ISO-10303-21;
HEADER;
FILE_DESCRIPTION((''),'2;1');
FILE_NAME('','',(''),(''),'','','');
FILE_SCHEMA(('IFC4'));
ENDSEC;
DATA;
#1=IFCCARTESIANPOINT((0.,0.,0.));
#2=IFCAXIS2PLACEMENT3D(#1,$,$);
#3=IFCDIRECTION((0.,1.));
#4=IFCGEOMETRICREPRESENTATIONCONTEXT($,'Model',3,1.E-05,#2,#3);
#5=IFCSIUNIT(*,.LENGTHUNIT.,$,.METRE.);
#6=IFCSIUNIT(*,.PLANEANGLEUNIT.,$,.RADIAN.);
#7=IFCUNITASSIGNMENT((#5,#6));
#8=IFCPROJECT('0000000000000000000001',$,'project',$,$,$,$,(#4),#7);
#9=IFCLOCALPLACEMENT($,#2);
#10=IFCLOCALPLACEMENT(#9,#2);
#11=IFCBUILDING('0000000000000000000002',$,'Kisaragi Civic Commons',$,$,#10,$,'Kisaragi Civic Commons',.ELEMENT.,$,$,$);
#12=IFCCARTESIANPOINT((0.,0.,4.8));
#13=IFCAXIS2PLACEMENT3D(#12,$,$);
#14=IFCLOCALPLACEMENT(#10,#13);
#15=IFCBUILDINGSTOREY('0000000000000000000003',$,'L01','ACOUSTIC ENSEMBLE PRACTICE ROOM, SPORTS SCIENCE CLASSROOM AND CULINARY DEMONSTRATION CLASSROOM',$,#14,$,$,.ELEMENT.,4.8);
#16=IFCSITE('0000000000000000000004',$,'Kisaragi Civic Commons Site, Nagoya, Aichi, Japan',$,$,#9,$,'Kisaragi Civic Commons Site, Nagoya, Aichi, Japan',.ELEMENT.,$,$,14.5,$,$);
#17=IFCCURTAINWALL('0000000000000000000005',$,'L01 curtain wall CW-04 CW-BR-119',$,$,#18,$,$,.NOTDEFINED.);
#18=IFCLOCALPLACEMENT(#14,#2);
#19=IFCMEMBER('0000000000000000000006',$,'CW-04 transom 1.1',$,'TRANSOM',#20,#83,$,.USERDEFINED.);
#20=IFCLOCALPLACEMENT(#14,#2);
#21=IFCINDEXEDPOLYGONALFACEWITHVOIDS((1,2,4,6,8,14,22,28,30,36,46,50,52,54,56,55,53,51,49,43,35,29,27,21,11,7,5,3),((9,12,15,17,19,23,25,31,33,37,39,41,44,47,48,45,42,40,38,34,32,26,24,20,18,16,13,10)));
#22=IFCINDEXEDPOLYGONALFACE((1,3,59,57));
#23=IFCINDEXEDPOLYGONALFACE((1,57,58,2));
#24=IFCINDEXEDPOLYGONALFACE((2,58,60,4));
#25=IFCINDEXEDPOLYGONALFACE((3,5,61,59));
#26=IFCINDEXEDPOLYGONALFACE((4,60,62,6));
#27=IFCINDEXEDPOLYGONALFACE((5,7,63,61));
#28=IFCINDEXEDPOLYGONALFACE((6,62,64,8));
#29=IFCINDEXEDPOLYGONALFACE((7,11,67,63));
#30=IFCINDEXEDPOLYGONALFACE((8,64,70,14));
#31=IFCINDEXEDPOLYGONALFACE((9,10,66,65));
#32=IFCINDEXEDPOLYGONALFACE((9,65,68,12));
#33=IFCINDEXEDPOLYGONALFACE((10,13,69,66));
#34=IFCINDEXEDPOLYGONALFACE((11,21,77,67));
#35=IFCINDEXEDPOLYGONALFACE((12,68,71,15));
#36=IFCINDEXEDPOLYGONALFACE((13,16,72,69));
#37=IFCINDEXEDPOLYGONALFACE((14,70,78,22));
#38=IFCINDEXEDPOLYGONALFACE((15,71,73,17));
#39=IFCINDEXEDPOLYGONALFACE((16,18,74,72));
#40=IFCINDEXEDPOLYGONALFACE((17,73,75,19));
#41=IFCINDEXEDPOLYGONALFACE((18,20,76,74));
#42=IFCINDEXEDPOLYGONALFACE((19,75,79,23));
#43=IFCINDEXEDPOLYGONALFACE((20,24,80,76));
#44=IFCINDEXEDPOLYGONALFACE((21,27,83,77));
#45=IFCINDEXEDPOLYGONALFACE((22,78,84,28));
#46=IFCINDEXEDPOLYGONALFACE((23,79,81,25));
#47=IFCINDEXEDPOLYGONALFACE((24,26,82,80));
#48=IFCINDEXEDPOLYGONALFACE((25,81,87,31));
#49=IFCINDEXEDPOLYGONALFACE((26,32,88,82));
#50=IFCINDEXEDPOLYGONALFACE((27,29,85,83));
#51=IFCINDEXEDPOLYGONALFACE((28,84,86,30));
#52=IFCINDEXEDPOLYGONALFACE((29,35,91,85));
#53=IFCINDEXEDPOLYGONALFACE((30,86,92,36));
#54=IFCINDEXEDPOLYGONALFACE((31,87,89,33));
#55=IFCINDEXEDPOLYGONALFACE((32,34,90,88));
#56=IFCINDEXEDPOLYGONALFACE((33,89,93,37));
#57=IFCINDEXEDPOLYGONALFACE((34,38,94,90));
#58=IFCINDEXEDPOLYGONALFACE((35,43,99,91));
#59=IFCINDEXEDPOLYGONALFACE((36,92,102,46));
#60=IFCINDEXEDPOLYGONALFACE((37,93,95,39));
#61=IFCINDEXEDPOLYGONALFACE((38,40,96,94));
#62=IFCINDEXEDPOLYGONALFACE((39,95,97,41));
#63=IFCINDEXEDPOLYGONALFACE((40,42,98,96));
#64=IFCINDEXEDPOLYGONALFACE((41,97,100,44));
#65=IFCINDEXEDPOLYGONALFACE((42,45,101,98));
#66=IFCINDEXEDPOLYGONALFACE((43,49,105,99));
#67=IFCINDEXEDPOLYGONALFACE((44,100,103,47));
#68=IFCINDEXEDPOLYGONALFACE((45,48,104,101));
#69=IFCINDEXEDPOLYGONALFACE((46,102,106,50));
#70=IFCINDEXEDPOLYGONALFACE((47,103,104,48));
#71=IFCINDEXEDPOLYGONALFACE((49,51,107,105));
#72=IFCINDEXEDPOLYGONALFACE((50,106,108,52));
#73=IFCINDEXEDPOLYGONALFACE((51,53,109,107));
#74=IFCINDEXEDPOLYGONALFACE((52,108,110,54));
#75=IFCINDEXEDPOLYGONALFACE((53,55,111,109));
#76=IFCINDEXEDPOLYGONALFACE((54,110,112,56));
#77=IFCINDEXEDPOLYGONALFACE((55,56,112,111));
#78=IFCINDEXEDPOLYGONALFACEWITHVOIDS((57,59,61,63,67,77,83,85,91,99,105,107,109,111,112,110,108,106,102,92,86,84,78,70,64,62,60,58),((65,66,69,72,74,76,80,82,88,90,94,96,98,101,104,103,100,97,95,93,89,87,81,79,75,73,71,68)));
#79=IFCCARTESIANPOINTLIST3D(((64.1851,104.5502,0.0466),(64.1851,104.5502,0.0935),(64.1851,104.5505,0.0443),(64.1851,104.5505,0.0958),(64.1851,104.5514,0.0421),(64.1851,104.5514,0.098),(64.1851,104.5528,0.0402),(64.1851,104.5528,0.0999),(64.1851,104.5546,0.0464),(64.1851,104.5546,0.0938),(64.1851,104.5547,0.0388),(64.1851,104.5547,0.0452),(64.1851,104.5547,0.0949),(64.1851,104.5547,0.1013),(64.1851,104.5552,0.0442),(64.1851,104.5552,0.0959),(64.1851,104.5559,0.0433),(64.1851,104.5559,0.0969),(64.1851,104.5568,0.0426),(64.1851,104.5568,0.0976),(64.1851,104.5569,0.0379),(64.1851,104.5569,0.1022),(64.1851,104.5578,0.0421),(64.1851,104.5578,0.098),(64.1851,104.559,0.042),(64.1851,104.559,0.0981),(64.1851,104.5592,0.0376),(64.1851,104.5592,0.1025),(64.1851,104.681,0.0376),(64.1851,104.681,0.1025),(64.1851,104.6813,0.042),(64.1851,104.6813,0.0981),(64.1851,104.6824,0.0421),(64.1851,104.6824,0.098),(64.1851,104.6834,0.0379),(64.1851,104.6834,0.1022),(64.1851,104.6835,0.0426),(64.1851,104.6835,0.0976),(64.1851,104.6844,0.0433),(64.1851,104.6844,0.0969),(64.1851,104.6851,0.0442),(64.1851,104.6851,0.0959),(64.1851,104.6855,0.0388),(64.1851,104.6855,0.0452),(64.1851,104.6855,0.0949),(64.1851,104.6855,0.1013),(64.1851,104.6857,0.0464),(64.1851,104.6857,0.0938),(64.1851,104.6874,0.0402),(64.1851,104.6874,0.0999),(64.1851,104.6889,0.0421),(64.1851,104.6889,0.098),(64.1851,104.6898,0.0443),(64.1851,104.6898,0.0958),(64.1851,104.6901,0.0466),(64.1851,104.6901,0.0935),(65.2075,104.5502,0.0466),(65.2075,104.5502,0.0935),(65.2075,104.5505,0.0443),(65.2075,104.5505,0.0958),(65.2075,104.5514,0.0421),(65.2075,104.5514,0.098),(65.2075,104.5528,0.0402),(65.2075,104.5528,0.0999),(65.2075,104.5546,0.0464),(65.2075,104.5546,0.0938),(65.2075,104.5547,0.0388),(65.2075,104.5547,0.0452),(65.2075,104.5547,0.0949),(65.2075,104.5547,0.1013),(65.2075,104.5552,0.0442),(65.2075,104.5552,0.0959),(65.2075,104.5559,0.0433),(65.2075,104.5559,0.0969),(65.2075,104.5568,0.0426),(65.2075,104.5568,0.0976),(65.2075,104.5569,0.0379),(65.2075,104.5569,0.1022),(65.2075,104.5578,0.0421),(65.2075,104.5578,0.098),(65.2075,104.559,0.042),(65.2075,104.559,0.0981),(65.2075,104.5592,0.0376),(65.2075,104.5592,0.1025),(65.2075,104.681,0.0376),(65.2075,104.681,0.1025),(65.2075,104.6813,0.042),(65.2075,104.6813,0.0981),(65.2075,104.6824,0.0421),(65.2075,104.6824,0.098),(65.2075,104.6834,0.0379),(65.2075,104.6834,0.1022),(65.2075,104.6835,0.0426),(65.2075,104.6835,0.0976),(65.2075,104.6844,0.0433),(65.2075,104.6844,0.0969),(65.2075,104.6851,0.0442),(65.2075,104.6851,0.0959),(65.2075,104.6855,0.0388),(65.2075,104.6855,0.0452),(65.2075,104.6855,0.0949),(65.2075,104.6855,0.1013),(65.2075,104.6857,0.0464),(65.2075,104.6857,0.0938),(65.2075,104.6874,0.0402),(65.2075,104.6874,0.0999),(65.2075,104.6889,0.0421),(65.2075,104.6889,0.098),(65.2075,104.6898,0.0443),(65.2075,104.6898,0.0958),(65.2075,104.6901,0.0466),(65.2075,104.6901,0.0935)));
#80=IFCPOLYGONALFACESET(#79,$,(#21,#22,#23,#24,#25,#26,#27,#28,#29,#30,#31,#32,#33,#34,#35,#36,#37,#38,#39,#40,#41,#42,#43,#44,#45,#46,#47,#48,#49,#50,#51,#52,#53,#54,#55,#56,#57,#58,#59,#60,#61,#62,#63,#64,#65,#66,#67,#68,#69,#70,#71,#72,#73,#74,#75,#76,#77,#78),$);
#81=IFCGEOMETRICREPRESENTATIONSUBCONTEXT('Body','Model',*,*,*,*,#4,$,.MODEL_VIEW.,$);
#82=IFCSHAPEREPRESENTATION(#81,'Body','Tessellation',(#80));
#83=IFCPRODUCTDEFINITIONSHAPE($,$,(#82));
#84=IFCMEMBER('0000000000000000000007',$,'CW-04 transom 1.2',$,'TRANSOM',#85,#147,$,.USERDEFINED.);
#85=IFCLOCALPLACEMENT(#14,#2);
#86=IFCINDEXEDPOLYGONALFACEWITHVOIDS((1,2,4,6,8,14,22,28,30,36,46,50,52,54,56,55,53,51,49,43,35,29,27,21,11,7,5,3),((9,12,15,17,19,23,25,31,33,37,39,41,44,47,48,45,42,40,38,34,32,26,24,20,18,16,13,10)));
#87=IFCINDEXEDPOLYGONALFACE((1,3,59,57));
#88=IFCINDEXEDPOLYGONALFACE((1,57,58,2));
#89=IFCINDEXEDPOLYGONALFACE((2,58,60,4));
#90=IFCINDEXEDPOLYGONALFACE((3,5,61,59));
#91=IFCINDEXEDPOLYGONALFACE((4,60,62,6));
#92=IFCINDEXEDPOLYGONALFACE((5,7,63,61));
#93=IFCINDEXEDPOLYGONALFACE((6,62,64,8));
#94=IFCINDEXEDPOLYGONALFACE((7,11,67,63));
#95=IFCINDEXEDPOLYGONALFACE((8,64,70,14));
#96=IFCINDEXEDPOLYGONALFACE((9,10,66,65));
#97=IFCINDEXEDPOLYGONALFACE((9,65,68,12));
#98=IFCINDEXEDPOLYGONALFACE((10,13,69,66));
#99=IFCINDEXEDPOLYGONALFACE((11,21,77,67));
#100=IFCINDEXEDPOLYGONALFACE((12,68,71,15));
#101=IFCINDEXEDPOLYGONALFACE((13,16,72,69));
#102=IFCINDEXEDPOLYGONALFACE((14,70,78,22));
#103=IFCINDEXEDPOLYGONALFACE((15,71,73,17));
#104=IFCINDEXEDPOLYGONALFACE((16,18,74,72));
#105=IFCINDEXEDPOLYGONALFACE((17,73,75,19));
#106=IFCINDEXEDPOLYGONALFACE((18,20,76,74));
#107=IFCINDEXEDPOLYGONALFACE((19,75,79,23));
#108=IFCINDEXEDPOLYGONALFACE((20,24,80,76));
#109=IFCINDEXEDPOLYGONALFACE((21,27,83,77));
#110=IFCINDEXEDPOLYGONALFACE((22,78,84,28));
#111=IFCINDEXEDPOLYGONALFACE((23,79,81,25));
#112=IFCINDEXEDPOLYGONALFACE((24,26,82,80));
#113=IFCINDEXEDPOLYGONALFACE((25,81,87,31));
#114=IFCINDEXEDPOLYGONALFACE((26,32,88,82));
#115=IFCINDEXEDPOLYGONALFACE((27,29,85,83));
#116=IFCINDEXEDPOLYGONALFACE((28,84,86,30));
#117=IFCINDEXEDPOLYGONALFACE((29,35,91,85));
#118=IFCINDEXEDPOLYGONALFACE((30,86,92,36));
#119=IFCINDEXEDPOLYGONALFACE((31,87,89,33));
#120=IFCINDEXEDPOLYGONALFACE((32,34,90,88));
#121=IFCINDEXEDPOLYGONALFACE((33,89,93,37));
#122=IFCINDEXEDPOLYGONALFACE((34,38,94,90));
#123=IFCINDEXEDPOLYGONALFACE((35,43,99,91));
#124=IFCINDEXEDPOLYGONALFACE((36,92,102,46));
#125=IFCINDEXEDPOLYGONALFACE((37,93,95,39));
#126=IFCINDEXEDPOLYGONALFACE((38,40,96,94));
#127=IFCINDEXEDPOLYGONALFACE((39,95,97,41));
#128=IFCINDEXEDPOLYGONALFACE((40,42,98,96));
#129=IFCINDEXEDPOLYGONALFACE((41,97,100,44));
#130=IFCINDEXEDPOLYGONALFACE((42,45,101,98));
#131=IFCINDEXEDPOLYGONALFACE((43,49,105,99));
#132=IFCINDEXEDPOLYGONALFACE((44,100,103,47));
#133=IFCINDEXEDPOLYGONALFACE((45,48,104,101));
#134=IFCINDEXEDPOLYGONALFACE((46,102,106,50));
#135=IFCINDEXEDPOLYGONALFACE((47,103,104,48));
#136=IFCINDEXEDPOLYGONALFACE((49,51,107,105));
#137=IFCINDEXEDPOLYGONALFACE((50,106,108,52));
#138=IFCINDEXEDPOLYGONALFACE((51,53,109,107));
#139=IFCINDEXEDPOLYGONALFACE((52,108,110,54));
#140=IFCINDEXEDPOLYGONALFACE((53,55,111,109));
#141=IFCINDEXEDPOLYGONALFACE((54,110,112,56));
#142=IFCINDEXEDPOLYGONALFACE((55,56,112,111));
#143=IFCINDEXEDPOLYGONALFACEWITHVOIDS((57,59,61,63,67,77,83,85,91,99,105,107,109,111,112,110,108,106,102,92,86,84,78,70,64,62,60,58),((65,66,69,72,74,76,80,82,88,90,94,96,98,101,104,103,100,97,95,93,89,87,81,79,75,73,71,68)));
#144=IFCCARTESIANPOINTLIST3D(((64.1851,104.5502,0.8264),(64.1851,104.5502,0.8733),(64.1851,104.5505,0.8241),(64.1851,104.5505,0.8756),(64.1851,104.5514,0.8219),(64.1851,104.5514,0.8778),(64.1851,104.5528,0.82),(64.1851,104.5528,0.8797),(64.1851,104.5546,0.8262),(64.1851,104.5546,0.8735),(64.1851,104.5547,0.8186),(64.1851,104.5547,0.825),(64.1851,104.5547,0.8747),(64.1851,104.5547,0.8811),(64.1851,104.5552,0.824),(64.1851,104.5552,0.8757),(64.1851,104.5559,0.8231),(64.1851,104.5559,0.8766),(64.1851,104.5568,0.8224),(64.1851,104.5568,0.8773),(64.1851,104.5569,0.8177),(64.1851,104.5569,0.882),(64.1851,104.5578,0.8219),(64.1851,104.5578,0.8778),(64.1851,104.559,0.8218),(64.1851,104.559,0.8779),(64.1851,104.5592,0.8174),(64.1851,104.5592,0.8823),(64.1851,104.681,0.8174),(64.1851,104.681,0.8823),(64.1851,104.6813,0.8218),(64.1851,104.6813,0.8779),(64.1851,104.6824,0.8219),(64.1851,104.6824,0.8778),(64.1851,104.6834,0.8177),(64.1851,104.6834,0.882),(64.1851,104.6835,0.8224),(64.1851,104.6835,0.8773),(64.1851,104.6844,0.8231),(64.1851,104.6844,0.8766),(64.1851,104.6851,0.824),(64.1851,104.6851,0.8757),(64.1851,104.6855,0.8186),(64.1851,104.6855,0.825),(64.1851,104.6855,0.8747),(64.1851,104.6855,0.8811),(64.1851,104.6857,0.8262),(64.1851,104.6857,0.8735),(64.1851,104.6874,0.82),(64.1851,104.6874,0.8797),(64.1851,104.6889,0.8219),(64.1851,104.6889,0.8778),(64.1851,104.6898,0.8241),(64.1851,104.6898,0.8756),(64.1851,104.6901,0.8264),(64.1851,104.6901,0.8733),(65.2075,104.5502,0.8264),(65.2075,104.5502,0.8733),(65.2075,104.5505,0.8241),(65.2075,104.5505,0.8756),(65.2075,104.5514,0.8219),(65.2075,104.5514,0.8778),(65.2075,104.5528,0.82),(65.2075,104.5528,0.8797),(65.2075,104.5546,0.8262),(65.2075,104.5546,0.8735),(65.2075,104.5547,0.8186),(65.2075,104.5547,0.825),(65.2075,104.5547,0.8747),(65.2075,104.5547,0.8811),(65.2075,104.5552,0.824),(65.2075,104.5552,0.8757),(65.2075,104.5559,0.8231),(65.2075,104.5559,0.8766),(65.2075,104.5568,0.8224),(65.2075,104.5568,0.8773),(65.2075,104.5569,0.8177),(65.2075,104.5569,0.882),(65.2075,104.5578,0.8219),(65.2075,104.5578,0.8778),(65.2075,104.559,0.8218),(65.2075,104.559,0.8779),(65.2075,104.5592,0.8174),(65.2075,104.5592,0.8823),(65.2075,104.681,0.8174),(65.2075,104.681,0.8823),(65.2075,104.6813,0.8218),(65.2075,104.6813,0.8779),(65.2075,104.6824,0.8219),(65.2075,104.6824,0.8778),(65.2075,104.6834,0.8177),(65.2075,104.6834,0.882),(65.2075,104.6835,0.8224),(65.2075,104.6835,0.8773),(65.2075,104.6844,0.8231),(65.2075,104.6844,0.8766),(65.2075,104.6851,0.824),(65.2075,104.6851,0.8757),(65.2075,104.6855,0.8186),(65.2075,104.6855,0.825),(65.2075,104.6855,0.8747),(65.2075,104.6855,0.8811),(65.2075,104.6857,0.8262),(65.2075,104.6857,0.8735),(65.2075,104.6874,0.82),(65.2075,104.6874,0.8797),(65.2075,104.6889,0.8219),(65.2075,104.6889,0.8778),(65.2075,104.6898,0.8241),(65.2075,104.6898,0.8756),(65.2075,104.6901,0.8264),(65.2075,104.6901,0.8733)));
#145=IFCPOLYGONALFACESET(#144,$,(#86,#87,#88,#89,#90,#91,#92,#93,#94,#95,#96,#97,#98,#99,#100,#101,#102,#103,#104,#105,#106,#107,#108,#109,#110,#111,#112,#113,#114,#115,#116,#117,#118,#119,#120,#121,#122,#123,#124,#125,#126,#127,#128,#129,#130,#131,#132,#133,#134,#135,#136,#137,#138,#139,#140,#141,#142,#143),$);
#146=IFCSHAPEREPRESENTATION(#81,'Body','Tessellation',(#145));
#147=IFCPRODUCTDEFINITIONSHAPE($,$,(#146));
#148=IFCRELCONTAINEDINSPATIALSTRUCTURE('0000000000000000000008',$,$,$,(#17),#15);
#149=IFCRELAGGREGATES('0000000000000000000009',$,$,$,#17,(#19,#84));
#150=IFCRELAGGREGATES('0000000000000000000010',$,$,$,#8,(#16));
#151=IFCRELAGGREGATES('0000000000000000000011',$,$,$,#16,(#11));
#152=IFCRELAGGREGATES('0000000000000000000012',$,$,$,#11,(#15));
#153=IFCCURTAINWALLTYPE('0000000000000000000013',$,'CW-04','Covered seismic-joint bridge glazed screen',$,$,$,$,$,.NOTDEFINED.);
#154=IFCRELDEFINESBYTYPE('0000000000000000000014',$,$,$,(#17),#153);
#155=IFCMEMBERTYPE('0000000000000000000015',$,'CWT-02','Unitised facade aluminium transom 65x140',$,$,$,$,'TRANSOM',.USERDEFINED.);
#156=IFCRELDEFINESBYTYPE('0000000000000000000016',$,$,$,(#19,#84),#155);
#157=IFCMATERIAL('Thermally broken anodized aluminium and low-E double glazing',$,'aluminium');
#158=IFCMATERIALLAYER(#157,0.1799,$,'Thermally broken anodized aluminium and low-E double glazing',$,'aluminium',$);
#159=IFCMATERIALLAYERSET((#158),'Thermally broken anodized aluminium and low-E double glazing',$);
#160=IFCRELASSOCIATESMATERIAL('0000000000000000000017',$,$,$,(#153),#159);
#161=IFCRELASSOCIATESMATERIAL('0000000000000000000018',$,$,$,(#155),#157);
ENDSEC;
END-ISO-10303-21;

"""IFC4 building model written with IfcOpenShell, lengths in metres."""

from ifc_helpers import new_model, si_unit, direction, frame, origin, origin_2d, place, context, subcontext, project, spatial, hollow_rectangle, extrude, material, layer, layer_set, material_profile, profile_set, type_object, element, aggregate, save


model = new_model("IFC4")

# Units and contexts
model_context = context("Model", 3, precision=1e-05, world=origin(), true_north=direction((0.0, 1.0)))
body_context = subcontext(model_context, "Body", "Model", "MODEL_VIEW")
ifc_project = project(units=[si_unit("LENGTHUNIT", "METRE"), si_unit("PLANEANGLEUNIT", "RADIAN")], contexts=[model_context])

# Site, building, storey
site_placement = place(None, origin())
site = spatial("IfcSite", under=ifc_project, at=site_placement, Name="Kisaragi Civic Commons Site, Nagoya, Aichi, Japan", LongName="Kisaragi Civic Commons Site, Nagoya, Aichi, Japan", CompositionType="ELEMENT", RefElevation=14.5)
building_placement = place(site_placement, origin())
building = spatial("IfcBuilding", under=site, at=building_placement, Name="Kisaragi Civic Commons", LongName="Kisaragi Civic Commons", CompositionType="ELEMENT")
storey_placement = place(building_placement, frame((0.0, 0.0, 4.8)))
storey = spatial("IfcBuildingStorey", under=building, at=storey_placement, Name="L01", Description="ACOUSTIC ENSEMBLE PRACTICE ROOM, SPORTS SCIENCE CLASSROOM AND CULINARY DEMONSTRATION CLASSROOM", CompositionType="ELEMENT", Elevation=4.8)

# Shared definitions
ifc_material_1 = material(Name="Thermally broken anodized aluminium and low-E double glazing", Category="aluminium")
ifc_layer_1 = layer(ifc_material_1, 0.1799, Name="Thermally broken anodized aluminium and low-E double glazing", Category="aluminium")
ifc_layer_set_1 = layer_set([ifc_layer_1], Name="Thermally broken anodized aluminium and low-E double glazing")
curtain_wall_type = type_object("IfcCurtainWallType", Name="CW-04", Description="Covered seismic-joint bridge glazed screen", PredefinedType="NOTDEFINED", material=ifc_layer_set_1)

# Curtain wall
curtain_wall_1_placement = place(storey_placement, origin())
curtain_wall_1 = element("IfcCurtainWall", 1, at=curtain_wall_1_placement, inside=storey, type_object=curtain_wall_type, Name="L01 curtain wall CW-04 CW-BR-119", PredefinedType="NOTDEFINED")

# Members
ifc_material_profile_1 = material_profile(ifc_material_1, hollow_rectangle(XDim=0.1399, YDim=0.0649, WallThickness=0.0044, InnerFilletRadius=0.0044, OuterFilletRadius=0.009, at=origin_2d()), Name="CWT-65x140x4.5", Category="aluminium")
ifc_profile_set_1 = profile_set([ifc_material_profile_1], Name="Thermally broken anodized aluminium and low-E double glazing")
member_type_1 = type_object("IfcMemberType", Name="CWT-02", Description="Unitised facade aluminium transom 65x140", ElementType="TRANSOM", PredefinedType="USERDEFINED", material=ifc_profile_set_1)
member_1_placement = place(storey_placement, frame((64.1851, 104.6201, 0.0701), z_axis=(1.0, 0.0, 0.0), x_axis=(0.0, 1.0, 0.0)))
member_1 = element("IfcMember", 2, at=member_1_placement, type_object=member_type_1, Name="CW-04 transom 1.1", ObjectType="TRANSOM", PredefinedType="USERDEFINED", context=body_context, shape_type="SweptSolid", body=[
    extrude(hollow_rectangle(XDim=0.1399, YDim=0.0649, WallThickness=0.0044, InnerFilletRadius=0.0044, OuterFilletRadius=0.009, at=origin_2d()), origin(), (0.0, 0.0, 1.0), 1.0225),
])
member_2_placement = place(storey_placement, frame((64.1851, 104.6201, 0.8499), z_axis=(1.0, 0.0, 0.0), x_axis=(0.0, 1.0, 0.0)))
member_2 = element("IfcMember", 3, at=member_2_placement, type_object=member_type_1, Name="CW-04 transom 1.2", ObjectType="TRANSOM", PredefinedType="USERDEFINED", context=body_context, shape_type="SweptSolid", body=[
    extrude(hollow_rectangle(XDim=0.1399, YDim=0.0649, WallThickness=0.0044, InnerFilletRadius=0.0044, OuterFilletRadius=0.009, at=origin_2d()), origin(), (0.0, 0.0, 1.0), 1.0225),
])

aggregate(curtain_wall_1, [member_1, member_2])

save(model, "model.ifc")
